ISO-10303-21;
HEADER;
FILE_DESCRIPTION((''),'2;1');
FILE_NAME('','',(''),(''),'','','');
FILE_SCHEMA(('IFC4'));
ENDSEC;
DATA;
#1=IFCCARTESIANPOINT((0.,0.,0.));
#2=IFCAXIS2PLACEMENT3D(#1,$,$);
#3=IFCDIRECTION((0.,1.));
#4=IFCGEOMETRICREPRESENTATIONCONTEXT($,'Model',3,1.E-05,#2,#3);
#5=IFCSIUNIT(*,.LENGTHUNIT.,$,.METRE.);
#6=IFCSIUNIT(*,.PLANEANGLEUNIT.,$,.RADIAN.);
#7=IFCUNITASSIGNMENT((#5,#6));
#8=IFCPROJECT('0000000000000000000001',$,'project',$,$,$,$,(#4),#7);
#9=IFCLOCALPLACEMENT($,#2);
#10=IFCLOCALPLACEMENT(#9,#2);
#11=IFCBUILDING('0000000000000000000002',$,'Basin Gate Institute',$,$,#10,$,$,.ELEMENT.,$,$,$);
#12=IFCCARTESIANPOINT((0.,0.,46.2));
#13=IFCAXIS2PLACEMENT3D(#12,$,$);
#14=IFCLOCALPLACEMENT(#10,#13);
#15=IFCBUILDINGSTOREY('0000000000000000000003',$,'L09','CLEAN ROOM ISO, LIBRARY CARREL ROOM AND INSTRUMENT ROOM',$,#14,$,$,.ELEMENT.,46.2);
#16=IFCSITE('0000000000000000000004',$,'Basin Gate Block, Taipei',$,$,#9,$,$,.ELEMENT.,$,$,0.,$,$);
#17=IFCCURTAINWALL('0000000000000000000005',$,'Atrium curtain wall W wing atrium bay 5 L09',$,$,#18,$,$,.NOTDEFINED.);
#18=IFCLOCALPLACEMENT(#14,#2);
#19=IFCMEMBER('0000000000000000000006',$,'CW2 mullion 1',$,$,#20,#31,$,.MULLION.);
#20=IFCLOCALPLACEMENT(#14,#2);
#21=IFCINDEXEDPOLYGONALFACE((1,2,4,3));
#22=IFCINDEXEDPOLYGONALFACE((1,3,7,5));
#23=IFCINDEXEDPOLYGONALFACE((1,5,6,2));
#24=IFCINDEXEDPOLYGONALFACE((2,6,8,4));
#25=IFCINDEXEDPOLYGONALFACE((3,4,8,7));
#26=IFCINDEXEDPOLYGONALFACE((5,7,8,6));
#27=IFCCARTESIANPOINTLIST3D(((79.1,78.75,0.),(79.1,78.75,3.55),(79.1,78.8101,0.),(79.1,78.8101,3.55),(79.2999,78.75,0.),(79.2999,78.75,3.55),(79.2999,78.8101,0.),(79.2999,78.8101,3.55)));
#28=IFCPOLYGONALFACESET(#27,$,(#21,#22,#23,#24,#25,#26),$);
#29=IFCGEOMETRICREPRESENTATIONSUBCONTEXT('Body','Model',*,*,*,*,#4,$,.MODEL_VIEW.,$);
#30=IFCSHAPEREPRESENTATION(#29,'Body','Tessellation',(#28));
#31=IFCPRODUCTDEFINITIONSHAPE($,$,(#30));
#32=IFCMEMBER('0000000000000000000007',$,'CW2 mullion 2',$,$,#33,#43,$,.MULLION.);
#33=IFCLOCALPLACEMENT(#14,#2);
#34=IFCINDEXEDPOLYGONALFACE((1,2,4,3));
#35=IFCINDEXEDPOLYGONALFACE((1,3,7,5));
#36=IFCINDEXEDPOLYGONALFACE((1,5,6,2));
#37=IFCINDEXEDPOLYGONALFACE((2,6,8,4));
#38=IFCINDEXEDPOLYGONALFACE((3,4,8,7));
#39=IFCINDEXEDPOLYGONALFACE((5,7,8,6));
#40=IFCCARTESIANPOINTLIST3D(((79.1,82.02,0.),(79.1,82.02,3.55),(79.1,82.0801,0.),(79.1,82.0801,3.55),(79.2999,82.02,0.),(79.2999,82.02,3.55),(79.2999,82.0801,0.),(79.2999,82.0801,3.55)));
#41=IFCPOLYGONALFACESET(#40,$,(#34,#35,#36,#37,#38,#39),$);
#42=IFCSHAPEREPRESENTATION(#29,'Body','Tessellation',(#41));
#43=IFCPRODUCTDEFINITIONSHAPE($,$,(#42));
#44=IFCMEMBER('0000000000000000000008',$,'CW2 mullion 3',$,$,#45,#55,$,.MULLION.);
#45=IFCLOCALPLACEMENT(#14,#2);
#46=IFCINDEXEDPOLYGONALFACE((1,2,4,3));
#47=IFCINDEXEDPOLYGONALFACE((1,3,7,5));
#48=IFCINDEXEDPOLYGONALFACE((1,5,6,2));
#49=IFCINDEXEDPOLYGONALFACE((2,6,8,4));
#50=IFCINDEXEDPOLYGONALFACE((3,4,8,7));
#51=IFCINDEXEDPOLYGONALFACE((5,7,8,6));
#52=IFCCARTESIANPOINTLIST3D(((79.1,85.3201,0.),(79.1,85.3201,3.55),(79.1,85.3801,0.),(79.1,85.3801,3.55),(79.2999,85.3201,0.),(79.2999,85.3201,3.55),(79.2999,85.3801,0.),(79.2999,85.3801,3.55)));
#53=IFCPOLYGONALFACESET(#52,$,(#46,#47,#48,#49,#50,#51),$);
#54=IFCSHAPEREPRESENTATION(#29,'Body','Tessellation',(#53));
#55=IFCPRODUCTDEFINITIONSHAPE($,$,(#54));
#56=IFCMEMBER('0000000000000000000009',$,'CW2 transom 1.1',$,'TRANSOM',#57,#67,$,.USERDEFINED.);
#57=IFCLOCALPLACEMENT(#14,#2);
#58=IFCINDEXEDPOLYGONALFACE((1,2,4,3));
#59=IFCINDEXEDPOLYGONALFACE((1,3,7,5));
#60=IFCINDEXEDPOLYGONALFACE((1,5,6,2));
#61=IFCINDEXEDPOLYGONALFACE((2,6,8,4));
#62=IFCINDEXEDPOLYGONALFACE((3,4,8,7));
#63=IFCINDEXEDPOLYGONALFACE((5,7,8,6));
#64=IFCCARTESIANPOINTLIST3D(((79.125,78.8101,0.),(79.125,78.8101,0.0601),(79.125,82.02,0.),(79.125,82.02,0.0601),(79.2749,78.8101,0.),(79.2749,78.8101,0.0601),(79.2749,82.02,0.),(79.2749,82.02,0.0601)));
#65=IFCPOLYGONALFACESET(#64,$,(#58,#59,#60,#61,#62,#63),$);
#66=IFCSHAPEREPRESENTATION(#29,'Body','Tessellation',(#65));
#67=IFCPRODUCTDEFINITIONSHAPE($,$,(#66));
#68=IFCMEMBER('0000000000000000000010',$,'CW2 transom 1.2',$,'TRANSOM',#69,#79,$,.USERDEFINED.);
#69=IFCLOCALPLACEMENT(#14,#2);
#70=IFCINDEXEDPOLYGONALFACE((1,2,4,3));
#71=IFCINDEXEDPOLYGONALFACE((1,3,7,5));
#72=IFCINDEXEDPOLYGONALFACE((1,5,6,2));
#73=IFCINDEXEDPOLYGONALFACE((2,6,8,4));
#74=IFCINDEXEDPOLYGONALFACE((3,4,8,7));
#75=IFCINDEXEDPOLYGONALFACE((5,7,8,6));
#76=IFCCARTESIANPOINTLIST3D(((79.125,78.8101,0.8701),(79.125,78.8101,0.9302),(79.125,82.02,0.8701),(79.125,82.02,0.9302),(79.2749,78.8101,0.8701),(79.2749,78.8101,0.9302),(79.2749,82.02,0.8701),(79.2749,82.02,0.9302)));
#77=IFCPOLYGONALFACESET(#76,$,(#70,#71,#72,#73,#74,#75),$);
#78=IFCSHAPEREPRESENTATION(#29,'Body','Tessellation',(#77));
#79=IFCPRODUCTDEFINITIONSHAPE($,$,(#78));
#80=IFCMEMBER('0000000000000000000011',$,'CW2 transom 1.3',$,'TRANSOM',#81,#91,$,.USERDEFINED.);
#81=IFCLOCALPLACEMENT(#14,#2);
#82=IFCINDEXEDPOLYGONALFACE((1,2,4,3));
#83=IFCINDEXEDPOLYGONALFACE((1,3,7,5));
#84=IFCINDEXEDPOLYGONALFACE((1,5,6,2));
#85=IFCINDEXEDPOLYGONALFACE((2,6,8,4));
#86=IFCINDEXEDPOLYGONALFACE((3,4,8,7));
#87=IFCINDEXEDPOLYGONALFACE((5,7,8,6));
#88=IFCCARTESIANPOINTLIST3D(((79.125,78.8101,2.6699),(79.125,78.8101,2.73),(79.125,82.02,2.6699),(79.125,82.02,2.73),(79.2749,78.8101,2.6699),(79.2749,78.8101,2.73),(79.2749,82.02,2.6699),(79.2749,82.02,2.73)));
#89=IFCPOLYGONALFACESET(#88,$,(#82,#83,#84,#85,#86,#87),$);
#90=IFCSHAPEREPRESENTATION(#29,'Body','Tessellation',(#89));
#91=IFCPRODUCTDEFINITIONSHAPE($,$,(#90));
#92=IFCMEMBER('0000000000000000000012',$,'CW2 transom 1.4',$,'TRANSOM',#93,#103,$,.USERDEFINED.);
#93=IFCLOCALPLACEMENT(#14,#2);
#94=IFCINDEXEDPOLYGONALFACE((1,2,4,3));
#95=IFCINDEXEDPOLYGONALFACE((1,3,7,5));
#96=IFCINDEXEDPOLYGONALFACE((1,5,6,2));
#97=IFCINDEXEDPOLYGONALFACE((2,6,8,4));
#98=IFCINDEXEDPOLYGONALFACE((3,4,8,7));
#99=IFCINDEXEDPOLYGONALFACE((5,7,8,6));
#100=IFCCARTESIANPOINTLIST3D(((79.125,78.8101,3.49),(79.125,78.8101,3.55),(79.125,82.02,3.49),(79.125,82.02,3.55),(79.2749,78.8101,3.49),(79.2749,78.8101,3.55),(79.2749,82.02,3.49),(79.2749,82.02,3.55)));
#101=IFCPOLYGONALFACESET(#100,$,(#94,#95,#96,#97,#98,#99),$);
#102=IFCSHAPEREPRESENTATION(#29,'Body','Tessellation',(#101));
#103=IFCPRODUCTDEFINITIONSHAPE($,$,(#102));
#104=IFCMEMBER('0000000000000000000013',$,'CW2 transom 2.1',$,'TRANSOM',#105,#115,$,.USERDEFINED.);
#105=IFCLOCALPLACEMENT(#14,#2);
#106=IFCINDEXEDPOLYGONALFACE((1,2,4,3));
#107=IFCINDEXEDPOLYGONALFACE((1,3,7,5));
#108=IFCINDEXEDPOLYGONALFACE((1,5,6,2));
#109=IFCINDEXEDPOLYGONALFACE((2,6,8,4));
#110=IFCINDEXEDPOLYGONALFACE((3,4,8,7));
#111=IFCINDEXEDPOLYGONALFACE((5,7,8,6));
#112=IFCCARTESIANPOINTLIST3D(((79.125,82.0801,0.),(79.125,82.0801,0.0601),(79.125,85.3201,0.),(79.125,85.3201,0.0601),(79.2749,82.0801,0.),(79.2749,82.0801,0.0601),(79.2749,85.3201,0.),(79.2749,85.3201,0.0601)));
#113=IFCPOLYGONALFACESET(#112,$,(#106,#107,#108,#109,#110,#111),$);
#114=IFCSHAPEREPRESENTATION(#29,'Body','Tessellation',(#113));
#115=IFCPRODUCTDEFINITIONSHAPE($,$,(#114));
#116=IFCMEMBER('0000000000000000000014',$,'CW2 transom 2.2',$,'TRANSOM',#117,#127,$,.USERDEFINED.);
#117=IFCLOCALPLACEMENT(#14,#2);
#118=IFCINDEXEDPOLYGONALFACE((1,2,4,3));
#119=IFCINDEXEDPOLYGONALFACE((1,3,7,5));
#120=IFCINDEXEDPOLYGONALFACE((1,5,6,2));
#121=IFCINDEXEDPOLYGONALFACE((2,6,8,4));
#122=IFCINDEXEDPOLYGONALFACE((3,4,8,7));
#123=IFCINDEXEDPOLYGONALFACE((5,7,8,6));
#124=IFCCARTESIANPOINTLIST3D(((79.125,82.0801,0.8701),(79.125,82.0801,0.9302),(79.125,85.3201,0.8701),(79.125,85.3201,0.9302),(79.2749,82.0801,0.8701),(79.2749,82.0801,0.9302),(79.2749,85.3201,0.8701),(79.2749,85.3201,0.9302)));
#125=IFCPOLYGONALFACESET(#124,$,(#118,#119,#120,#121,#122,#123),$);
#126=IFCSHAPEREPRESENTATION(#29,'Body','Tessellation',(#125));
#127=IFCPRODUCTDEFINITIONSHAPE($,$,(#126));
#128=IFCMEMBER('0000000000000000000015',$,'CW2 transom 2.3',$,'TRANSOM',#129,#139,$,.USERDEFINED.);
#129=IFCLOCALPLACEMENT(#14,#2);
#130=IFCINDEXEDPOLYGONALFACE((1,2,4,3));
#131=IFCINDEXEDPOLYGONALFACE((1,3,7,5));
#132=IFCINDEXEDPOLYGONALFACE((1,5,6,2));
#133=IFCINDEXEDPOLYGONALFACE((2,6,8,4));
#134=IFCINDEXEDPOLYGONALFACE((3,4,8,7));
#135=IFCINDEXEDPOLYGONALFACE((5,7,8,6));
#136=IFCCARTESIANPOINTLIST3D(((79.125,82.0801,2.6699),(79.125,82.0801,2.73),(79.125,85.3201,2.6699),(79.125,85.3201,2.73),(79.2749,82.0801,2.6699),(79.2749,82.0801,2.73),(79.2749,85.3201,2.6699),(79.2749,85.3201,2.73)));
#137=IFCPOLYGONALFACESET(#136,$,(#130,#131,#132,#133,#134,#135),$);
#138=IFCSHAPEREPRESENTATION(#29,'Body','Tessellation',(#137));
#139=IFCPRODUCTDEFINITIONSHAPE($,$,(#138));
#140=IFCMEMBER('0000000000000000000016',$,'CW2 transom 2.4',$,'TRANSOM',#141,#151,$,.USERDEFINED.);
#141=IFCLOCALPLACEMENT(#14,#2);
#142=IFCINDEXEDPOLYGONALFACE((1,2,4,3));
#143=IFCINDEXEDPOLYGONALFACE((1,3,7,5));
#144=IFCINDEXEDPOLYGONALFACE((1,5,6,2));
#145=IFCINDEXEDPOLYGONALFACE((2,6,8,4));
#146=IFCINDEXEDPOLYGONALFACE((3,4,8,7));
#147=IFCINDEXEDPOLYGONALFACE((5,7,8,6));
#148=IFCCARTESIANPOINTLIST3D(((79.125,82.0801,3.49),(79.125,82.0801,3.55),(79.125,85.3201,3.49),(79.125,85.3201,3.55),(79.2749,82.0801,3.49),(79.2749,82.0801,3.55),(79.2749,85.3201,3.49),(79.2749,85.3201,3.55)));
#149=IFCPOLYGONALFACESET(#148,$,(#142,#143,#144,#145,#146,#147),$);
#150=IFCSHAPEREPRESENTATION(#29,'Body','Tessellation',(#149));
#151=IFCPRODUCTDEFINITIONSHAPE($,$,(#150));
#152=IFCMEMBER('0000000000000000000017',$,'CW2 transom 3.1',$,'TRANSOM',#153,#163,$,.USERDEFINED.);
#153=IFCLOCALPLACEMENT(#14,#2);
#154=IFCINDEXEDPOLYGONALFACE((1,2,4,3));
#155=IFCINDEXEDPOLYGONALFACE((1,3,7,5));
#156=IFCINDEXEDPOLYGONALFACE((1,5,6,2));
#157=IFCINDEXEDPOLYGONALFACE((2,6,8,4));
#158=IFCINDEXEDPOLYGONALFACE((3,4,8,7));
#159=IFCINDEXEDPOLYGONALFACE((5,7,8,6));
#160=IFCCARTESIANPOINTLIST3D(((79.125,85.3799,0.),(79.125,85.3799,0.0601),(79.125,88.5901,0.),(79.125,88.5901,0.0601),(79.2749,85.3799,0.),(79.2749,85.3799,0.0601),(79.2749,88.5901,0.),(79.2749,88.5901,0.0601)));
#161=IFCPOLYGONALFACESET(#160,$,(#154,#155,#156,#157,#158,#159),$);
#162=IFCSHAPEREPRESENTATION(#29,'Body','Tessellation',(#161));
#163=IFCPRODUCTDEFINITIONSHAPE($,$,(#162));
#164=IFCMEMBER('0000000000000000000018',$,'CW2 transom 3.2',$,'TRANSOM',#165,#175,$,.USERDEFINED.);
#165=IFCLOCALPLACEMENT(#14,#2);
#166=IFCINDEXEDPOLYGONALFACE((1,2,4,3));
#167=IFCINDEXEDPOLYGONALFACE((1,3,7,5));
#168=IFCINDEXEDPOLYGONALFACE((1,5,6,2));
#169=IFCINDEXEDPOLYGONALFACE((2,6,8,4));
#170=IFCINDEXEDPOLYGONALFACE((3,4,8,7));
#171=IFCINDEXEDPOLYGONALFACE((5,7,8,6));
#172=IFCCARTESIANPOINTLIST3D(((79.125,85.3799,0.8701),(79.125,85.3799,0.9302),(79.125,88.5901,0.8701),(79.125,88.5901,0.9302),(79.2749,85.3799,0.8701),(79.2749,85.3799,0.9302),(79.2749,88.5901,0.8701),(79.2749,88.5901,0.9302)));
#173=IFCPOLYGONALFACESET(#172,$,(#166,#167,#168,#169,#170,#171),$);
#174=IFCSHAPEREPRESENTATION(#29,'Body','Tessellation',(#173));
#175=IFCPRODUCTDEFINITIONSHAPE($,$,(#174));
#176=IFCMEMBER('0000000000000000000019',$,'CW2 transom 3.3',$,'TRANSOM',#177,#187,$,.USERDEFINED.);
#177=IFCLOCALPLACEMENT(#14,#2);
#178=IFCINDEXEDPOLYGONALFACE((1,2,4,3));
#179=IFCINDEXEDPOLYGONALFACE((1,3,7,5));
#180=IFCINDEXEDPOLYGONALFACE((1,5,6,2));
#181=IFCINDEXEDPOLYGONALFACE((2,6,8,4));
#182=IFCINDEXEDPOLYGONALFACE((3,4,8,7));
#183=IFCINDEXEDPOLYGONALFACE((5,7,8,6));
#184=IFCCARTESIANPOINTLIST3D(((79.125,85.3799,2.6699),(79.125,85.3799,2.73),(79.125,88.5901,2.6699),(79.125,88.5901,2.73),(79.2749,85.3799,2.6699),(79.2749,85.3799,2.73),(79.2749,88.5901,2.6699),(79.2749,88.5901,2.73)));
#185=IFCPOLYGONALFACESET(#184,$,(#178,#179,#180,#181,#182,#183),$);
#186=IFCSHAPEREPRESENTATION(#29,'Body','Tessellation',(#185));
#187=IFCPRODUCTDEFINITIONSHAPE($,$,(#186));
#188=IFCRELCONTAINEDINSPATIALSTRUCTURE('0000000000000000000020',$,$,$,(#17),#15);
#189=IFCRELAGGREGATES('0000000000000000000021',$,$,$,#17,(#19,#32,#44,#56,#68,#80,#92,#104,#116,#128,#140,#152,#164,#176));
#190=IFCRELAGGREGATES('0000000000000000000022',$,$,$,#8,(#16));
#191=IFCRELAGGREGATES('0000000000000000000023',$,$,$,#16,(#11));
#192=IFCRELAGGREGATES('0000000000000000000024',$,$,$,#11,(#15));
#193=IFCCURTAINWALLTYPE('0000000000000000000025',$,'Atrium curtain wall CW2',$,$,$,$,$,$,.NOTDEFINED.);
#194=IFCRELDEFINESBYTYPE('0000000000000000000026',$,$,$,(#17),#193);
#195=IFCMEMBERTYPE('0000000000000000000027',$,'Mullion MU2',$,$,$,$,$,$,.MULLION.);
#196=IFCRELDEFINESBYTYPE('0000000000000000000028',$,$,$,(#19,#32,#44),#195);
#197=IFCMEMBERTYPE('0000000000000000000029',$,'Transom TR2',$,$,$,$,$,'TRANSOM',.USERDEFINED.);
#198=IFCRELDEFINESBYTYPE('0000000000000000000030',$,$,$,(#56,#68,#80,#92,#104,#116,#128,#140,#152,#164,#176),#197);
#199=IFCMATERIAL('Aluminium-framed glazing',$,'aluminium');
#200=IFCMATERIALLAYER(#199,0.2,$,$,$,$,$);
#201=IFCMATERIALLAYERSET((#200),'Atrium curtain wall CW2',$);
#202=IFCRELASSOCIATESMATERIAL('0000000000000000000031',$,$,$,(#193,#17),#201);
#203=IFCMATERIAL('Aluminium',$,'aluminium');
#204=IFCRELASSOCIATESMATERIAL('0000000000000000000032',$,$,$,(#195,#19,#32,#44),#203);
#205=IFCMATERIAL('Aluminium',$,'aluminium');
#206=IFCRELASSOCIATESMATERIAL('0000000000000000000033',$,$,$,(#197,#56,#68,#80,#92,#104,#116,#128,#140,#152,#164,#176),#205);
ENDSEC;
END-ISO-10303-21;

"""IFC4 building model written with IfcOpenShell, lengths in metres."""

from ifc_helpers import new_model, si_unit, direction, frame, origin, origin_2d, place, context, subcontext, project, spatial, rectangle, extrude, material, layer, layer_set, material_profile, profile_set, type_object, element, aggregate, save


model = new_model("IFC4")

# Units and contexts
model_context = context("Model", 3, precision=1e-05, world=origin(), true_north=direction((0.0, 1.0)))
body_context = subcontext(model_context, "Body", "Model", "MODEL_VIEW")
ifc_project = project(units=[si_unit("LENGTHUNIT", "METRE"), si_unit("PLANEANGLEUNIT", "RADIAN")], contexts=[model_context])

# Site, building, storey
site_placement = place(None, origin())
site = spatial("IfcSite", under=ifc_project, at=site_placement, Name="Basin Gate Block, Taipei", CompositionType="ELEMENT", RefElevation=0.0)
building_placement = place(site_placement, origin())
building = spatial("IfcBuilding", under=site, at=building_placement, Name="Basin Gate Institute", CompositionType="ELEMENT")
storey_placement = place(building_placement, frame((0.0, 0.0, 46.2)))
storey = spatial("IfcBuildingStorey", under=building, at=storey_placement, Name="L09", Description="CLEAN ROOM ISO, LIBRARY CARREL ROOM AND INSTRUMENT ROOM", CompositionType="ELEMENT", Elevation=46.2)

# Curtain wall, members
ifc_material_1 = material(Name="Aluminium-framed glazing", Category="aluminium")
ifc_layer_1 = layer(ifc_material_1, 0.2)
ifc_layer_set_1 = layer_set([ifc_layer_1], Name="Atrium curtain wall CW2")
curtain_wall_type = type_object("IfcCurtainWallType", Name="Atrium curtain wall CW2", PredefinedType="NOTDEFINED", material=ifc_layer_set_1)
curtain_wall_placement = place(storey_placement, origin())
curtain_wall = element("IfcCurtainWall", 1, at=curtain_wall_placement, inside=storey, type_object=curtain_wall_type, material=ifc_layer_set_1, Name="Atrium curtain wall W wing atrium bay 5 L09", PredefinedType="NOTDEFINED")
ifc_material_2 = material(Name="Aluminium", Category="aluminium")
ifc_material_profile_1 = material_profile(ifc_material_2, rectangle(XDim=0.2, YDim=0.0601, at=origin_2d()), Name="Mullion MU2 200 x 60")
ifc_profile_set_1 = profile_set([ifc_material_profile_1], Name="Aluminium")
member_type_1 = type_object("IfcMemberType", Name="Mullion MU2", PredefinedType="MULLION", material=ifc_profile_set_1)
member_1_placement = place(storey_placement, frame((79.2, 78.78, 0.0), z_axis=(0.0, 0.0, 1.0), x_axis=(-1.0, 0.0, 0.0)))
member_1 = element("IfcMember", 2, at=member_1_placement, type_object=member_type_1, material=ifc_profile_set_1, Name="CW2 mullion 1", PredefinedType="MULLION", context=body_context, shape_type="SweptSolid", body=[
    extrude(rectangle(XDim=0.2, YDim=0.0601, at=origin_2d()), origin(), (0.0, 0.0, 1.0), 3.55),
])
member_2_placement = place(storey_placement, frame((79.2, 82.05, 0.0), z_axis=(0.0, 0.0, 1.0), x_axis=(-1.0, 0.0, 0.0)))
member_2 = element("IfcMember", 3, at=member_2_placement, type_object=member_type_1, material=ifc_profile_set_1, Name="CW2 mullion 2", PredefinedType="MULLION", context=body_context, shape_type="SweptSolid", body=[
    extrude(rectangle(XDim=0.2, YDim=0.0601, at=origin_2d()), origin(), (0.0, 0.0, 1.0), 3.55),
])
member_3_placement = place(storey_placement, frame((79.2, 85.3501, 0.0), z_axis=(0.0, 0.0, 1.0), x_axis=(-1.0, 0.0, 0.0)))
member_3 = element("IfcMember", 4, at=member_3_placement, type_object=member_type_1, material=ifc_profile_set_1, Name="CW2 mullion 3", PredefinedType="MULLION", context=body_context, shape_type="SweptSolid", body=[
    extrude(rectangle(XDim=0.2, YDim=0.0601, at=origin_2d()), origin(), (0.0, 0.0, 1.0), 3.55),
])
ifc_material_3 = material(Name="Aluminium", Category="aluminium")
ifc_material_profile_2 = material_profile(ifc_material_3, rectangle(XDim=0.1499, YDim=0.0601, at=origin_2d()), Name="Transom TR2 150 x 60")
ifc_profile_set_2 = profile_set([ifc_material_profile_2], Name="Aluminium")
member_type_2 = type_object("IfcMemberType", Name="Transom TR2", ElementType="TRANSOM", PredefinedType="USERDEFINED", material=ifc_profile_set_2)
member_4_placement = place(storey_placement, frame((79.2, 78.8101, 0.03), z_axis=(0.0, 1.0, 0.0), x_axis=(-1.0, 0.0, 0.0)))
member_4 = element("IfcMember", 5, at=member_4_placement, type_object=member_type_2, material=ifc_profile_set_2, Name="CW2 transom 1.1", ObjectType="TRANSOM", PredefinedType="USERDEFINED", context=body_context, shape_type="SweptSolid", body=[
    extrude(rectangle(XDim=0.1499, YDim=0.0601, at=origin_2d()), origin(), (0.0, 0.0, 1.0), 3.21),
])
member_5_placement = place(storey_placement, frame((79.2, 78.8101, 0.9001), z_axis=(0.0, 1.0, 0.0), x_axis=(-1.0, 0.0, 0.0)))
member_5 = element("IfcMember", 6, at=member_5_placement, type_object=member_type_2, material=ifc_profile_set_2, Name="CW2 transom 1.2", ObjectType="TRANSOM", PredefinedType="USERDEFINED", context=body_context, shape_type="SweptSolid", body=[
    extrude(rectangle(XDim=0.1499, YDim=0.0601, at=origin_2d()), origin(), (0.0, 0.0, 1.0), 3.21),
])
member_6_placement = place(storey_placement, frame((79.2, 78.8101, 2.7), z_axis=(0.0, 1.0, 0.0), x_axis=(-1.0, 0.0, 0.0)))
member_6 = element("IfcMember", 7, at=member_6_placement, type_object=member_type_2, material=ifc_profile_set_2, Name="CW2 transom 1.3", ObjectType="TRANSOM", PredefinedType="USERDEFINED", context=body_context, shape_type="SweptSolid", body=[
    extrude(rectangle(XDim=0.1499, YDim=0.0601, at=origin_2d()), origin(), (0.0, 0.0, 1.0), 3.21),
])
member_7_placement = place(storey_placement, frame((79.2, 78.8101, 3.52), z_axis=(0.0, 1.0, 0.0), x_axis=(-1.0, 0.0, 0.0)))
member_7 = element("IfcMember", 8, at=member_7_placement, type_object=member_type_2, material=ifc_profile_set_2, Name="CW2 transom 1.4", ObjectType="TRANSOM", PredefinedType="USERDEFINED", context=body_context, shape_type="SweptSolid", body=[
    extrude(rectangle(XDim=0.1499, YDim=0.0601, at=origin_2d()), origin(), (0.0, 0.0, 1.0), 3.21),
])
member_8_placement = place(storey_placement, frame((79.2, 82.0801, 0.03), z_axis=(0.0, 1.0, 0.0), x_axis=(-1.0, 0.0, 0.0)))
member_8 = element("IfcMember", 9, at=member_8_placement, type_object=member_type_2, material=ifc_profile_set_2, Name="CW2 transom 2.1", ObjectType="TRANSOM", PredefinedType="USERDEFINED", context=body_context, shape_type="SweptSolid", body=[
    extrude(rectangle(XDim=0.1499, YDim=0.0601, at=origin_2d()), origin(), (0.0, 0.0, 1.0), 3.24),
])
member_9_placement = place(storey_placement, frame((79.2, 82.0801, 0.9001), z_axis=(0.0, 1.0, 0.0), x_axis=(-1.0, 0.0, 0.0)))
member_9 = element("IfcMember", 10, at=member_9_placement, type_object=member_type_2, material=ifc_profile_set_2, Name="CW2 transom 2.2", ObjectType="TRANSOM", PredefinedType="USERDEFINED", context=body_context, shape_type="SweptSolid", body=[
    extrude(rectangle(XDim=0.1499, YDim=0.0601, at=origin_2d()), origin(), (0.0, 0.0, 1.0), 3.24),
])
member_10_placement = place(storey_placement, frame((79.2, 82.0801, 2.7), z_axis=(0.0, 1.0, 0.0), x_axis=(-1.0, 0.0, 0.0)))
member_10 = element("IfcMember", 11, at=member_10_placement, type_object=member_type_2, material=ifc_profile_set_2, Name="CW2 transom 2.3", ObjectType="TRANSOM", PredefinedType="USERDEFINED", context=body_context, shape_type="SweptSolid", body=[
    extrude(rectangle(XDim=0.1499, YDim=0.0601, at=origin_2d()), origin(), (0.0, 0.0, 1.0), 3.24),
])
member_11_placement = place(storey_placement, frame((79.2, 82.0801, 3.52), z_axis=(0.0, 1.0, 0.0), x_axis=(-1.0, 0.0, 0.0)))
member_11 = element("IfcMember", 12, at=member_11_placement, type_object=member_type_2, material=ifc_profile_set_2, Name="CW2 transom 2.4", ObjectType="TRANSOM", PredefinedType="USERDEFINED", context=body_context, shape_type="SweptSolid", body=[
    extrude(rectangle(XDim=0.1499, YDim=0.0601, at=origin_2d()), origin(), (0.0, 0.0, 1.0), 3.24),
])
member_12_placement = place(storey_placement, frame((79.2, 85.3799, 0.03), z_axis=(0.0, 1.0, 0.0), x_axis=(-1.0, 0.0, 0.0)))
member_12 = element("IfcMember", 13, at=member_12_placement, type_object=member_type_2, material=ifc_profile_set_2, Name="CW2 transom 3.1", ObjectType="TRANSOM", PredefinedType="USERDEFINED", context=body_context, shape_type="SweptSolid", body=[
    extrude(rectangle(XDim=0.1499, YDim=0.0601, at=origin_2d()), origin(), (0.0, 0.0, 1.0), 3.2102),
])
member_13_placement = place(storey_placement, frame((79.2, 85.3799, 0.9001), z_axis=(0.0, 1.0, 0.0), x_axis=(-1.0, 0.0, 0.0)))
member_13 = element("IfcMember", 14, at=member_13_placement, type_object=member_type_2, material=ifc_profile_set_2, Name="CW2 transom 3.2", ObjectType="TRANSOM", PredefinedType="USERDEFINED", context=body_context, shape_type="SweptSolid", body=[
    extrude(rectangle(XDim=0.1499, YDim=0.0601, at=origin_2d()), origin(), (0.0, 0.0, 1.0), 3.2102),
])
member_14_placement = place(storey_placement, frame((79.2, 85.3799, 2.7), z_axis=(0.0, 1.0, 0.0), x_axis=(-1.0, 0.0, 0.0)))
member_14 = element("IfcMember", 15, at=member_14_placement, type_object=member_type_2, material=ifc_profile_set_2, Name="CW2 transom 3.3", ObjectType="TRANSOM", PredefinedType="USERDEFINED", context=body_context, shape_type="SweptSolid", body=[
    extrude(rectangle(XDim=0.1499, YDim=0.0601, at=origin_2d()), origin(), (0.0, 0.0, 1.0), 3.2102),
])
aggregate(curtain_wall, [member_1, member_2, member_3, member_4, member_5, member_6, member_7, member_8, member_9, member_10, member_11, member_12, member_13, member_14])

save(model, "model.ifc")
